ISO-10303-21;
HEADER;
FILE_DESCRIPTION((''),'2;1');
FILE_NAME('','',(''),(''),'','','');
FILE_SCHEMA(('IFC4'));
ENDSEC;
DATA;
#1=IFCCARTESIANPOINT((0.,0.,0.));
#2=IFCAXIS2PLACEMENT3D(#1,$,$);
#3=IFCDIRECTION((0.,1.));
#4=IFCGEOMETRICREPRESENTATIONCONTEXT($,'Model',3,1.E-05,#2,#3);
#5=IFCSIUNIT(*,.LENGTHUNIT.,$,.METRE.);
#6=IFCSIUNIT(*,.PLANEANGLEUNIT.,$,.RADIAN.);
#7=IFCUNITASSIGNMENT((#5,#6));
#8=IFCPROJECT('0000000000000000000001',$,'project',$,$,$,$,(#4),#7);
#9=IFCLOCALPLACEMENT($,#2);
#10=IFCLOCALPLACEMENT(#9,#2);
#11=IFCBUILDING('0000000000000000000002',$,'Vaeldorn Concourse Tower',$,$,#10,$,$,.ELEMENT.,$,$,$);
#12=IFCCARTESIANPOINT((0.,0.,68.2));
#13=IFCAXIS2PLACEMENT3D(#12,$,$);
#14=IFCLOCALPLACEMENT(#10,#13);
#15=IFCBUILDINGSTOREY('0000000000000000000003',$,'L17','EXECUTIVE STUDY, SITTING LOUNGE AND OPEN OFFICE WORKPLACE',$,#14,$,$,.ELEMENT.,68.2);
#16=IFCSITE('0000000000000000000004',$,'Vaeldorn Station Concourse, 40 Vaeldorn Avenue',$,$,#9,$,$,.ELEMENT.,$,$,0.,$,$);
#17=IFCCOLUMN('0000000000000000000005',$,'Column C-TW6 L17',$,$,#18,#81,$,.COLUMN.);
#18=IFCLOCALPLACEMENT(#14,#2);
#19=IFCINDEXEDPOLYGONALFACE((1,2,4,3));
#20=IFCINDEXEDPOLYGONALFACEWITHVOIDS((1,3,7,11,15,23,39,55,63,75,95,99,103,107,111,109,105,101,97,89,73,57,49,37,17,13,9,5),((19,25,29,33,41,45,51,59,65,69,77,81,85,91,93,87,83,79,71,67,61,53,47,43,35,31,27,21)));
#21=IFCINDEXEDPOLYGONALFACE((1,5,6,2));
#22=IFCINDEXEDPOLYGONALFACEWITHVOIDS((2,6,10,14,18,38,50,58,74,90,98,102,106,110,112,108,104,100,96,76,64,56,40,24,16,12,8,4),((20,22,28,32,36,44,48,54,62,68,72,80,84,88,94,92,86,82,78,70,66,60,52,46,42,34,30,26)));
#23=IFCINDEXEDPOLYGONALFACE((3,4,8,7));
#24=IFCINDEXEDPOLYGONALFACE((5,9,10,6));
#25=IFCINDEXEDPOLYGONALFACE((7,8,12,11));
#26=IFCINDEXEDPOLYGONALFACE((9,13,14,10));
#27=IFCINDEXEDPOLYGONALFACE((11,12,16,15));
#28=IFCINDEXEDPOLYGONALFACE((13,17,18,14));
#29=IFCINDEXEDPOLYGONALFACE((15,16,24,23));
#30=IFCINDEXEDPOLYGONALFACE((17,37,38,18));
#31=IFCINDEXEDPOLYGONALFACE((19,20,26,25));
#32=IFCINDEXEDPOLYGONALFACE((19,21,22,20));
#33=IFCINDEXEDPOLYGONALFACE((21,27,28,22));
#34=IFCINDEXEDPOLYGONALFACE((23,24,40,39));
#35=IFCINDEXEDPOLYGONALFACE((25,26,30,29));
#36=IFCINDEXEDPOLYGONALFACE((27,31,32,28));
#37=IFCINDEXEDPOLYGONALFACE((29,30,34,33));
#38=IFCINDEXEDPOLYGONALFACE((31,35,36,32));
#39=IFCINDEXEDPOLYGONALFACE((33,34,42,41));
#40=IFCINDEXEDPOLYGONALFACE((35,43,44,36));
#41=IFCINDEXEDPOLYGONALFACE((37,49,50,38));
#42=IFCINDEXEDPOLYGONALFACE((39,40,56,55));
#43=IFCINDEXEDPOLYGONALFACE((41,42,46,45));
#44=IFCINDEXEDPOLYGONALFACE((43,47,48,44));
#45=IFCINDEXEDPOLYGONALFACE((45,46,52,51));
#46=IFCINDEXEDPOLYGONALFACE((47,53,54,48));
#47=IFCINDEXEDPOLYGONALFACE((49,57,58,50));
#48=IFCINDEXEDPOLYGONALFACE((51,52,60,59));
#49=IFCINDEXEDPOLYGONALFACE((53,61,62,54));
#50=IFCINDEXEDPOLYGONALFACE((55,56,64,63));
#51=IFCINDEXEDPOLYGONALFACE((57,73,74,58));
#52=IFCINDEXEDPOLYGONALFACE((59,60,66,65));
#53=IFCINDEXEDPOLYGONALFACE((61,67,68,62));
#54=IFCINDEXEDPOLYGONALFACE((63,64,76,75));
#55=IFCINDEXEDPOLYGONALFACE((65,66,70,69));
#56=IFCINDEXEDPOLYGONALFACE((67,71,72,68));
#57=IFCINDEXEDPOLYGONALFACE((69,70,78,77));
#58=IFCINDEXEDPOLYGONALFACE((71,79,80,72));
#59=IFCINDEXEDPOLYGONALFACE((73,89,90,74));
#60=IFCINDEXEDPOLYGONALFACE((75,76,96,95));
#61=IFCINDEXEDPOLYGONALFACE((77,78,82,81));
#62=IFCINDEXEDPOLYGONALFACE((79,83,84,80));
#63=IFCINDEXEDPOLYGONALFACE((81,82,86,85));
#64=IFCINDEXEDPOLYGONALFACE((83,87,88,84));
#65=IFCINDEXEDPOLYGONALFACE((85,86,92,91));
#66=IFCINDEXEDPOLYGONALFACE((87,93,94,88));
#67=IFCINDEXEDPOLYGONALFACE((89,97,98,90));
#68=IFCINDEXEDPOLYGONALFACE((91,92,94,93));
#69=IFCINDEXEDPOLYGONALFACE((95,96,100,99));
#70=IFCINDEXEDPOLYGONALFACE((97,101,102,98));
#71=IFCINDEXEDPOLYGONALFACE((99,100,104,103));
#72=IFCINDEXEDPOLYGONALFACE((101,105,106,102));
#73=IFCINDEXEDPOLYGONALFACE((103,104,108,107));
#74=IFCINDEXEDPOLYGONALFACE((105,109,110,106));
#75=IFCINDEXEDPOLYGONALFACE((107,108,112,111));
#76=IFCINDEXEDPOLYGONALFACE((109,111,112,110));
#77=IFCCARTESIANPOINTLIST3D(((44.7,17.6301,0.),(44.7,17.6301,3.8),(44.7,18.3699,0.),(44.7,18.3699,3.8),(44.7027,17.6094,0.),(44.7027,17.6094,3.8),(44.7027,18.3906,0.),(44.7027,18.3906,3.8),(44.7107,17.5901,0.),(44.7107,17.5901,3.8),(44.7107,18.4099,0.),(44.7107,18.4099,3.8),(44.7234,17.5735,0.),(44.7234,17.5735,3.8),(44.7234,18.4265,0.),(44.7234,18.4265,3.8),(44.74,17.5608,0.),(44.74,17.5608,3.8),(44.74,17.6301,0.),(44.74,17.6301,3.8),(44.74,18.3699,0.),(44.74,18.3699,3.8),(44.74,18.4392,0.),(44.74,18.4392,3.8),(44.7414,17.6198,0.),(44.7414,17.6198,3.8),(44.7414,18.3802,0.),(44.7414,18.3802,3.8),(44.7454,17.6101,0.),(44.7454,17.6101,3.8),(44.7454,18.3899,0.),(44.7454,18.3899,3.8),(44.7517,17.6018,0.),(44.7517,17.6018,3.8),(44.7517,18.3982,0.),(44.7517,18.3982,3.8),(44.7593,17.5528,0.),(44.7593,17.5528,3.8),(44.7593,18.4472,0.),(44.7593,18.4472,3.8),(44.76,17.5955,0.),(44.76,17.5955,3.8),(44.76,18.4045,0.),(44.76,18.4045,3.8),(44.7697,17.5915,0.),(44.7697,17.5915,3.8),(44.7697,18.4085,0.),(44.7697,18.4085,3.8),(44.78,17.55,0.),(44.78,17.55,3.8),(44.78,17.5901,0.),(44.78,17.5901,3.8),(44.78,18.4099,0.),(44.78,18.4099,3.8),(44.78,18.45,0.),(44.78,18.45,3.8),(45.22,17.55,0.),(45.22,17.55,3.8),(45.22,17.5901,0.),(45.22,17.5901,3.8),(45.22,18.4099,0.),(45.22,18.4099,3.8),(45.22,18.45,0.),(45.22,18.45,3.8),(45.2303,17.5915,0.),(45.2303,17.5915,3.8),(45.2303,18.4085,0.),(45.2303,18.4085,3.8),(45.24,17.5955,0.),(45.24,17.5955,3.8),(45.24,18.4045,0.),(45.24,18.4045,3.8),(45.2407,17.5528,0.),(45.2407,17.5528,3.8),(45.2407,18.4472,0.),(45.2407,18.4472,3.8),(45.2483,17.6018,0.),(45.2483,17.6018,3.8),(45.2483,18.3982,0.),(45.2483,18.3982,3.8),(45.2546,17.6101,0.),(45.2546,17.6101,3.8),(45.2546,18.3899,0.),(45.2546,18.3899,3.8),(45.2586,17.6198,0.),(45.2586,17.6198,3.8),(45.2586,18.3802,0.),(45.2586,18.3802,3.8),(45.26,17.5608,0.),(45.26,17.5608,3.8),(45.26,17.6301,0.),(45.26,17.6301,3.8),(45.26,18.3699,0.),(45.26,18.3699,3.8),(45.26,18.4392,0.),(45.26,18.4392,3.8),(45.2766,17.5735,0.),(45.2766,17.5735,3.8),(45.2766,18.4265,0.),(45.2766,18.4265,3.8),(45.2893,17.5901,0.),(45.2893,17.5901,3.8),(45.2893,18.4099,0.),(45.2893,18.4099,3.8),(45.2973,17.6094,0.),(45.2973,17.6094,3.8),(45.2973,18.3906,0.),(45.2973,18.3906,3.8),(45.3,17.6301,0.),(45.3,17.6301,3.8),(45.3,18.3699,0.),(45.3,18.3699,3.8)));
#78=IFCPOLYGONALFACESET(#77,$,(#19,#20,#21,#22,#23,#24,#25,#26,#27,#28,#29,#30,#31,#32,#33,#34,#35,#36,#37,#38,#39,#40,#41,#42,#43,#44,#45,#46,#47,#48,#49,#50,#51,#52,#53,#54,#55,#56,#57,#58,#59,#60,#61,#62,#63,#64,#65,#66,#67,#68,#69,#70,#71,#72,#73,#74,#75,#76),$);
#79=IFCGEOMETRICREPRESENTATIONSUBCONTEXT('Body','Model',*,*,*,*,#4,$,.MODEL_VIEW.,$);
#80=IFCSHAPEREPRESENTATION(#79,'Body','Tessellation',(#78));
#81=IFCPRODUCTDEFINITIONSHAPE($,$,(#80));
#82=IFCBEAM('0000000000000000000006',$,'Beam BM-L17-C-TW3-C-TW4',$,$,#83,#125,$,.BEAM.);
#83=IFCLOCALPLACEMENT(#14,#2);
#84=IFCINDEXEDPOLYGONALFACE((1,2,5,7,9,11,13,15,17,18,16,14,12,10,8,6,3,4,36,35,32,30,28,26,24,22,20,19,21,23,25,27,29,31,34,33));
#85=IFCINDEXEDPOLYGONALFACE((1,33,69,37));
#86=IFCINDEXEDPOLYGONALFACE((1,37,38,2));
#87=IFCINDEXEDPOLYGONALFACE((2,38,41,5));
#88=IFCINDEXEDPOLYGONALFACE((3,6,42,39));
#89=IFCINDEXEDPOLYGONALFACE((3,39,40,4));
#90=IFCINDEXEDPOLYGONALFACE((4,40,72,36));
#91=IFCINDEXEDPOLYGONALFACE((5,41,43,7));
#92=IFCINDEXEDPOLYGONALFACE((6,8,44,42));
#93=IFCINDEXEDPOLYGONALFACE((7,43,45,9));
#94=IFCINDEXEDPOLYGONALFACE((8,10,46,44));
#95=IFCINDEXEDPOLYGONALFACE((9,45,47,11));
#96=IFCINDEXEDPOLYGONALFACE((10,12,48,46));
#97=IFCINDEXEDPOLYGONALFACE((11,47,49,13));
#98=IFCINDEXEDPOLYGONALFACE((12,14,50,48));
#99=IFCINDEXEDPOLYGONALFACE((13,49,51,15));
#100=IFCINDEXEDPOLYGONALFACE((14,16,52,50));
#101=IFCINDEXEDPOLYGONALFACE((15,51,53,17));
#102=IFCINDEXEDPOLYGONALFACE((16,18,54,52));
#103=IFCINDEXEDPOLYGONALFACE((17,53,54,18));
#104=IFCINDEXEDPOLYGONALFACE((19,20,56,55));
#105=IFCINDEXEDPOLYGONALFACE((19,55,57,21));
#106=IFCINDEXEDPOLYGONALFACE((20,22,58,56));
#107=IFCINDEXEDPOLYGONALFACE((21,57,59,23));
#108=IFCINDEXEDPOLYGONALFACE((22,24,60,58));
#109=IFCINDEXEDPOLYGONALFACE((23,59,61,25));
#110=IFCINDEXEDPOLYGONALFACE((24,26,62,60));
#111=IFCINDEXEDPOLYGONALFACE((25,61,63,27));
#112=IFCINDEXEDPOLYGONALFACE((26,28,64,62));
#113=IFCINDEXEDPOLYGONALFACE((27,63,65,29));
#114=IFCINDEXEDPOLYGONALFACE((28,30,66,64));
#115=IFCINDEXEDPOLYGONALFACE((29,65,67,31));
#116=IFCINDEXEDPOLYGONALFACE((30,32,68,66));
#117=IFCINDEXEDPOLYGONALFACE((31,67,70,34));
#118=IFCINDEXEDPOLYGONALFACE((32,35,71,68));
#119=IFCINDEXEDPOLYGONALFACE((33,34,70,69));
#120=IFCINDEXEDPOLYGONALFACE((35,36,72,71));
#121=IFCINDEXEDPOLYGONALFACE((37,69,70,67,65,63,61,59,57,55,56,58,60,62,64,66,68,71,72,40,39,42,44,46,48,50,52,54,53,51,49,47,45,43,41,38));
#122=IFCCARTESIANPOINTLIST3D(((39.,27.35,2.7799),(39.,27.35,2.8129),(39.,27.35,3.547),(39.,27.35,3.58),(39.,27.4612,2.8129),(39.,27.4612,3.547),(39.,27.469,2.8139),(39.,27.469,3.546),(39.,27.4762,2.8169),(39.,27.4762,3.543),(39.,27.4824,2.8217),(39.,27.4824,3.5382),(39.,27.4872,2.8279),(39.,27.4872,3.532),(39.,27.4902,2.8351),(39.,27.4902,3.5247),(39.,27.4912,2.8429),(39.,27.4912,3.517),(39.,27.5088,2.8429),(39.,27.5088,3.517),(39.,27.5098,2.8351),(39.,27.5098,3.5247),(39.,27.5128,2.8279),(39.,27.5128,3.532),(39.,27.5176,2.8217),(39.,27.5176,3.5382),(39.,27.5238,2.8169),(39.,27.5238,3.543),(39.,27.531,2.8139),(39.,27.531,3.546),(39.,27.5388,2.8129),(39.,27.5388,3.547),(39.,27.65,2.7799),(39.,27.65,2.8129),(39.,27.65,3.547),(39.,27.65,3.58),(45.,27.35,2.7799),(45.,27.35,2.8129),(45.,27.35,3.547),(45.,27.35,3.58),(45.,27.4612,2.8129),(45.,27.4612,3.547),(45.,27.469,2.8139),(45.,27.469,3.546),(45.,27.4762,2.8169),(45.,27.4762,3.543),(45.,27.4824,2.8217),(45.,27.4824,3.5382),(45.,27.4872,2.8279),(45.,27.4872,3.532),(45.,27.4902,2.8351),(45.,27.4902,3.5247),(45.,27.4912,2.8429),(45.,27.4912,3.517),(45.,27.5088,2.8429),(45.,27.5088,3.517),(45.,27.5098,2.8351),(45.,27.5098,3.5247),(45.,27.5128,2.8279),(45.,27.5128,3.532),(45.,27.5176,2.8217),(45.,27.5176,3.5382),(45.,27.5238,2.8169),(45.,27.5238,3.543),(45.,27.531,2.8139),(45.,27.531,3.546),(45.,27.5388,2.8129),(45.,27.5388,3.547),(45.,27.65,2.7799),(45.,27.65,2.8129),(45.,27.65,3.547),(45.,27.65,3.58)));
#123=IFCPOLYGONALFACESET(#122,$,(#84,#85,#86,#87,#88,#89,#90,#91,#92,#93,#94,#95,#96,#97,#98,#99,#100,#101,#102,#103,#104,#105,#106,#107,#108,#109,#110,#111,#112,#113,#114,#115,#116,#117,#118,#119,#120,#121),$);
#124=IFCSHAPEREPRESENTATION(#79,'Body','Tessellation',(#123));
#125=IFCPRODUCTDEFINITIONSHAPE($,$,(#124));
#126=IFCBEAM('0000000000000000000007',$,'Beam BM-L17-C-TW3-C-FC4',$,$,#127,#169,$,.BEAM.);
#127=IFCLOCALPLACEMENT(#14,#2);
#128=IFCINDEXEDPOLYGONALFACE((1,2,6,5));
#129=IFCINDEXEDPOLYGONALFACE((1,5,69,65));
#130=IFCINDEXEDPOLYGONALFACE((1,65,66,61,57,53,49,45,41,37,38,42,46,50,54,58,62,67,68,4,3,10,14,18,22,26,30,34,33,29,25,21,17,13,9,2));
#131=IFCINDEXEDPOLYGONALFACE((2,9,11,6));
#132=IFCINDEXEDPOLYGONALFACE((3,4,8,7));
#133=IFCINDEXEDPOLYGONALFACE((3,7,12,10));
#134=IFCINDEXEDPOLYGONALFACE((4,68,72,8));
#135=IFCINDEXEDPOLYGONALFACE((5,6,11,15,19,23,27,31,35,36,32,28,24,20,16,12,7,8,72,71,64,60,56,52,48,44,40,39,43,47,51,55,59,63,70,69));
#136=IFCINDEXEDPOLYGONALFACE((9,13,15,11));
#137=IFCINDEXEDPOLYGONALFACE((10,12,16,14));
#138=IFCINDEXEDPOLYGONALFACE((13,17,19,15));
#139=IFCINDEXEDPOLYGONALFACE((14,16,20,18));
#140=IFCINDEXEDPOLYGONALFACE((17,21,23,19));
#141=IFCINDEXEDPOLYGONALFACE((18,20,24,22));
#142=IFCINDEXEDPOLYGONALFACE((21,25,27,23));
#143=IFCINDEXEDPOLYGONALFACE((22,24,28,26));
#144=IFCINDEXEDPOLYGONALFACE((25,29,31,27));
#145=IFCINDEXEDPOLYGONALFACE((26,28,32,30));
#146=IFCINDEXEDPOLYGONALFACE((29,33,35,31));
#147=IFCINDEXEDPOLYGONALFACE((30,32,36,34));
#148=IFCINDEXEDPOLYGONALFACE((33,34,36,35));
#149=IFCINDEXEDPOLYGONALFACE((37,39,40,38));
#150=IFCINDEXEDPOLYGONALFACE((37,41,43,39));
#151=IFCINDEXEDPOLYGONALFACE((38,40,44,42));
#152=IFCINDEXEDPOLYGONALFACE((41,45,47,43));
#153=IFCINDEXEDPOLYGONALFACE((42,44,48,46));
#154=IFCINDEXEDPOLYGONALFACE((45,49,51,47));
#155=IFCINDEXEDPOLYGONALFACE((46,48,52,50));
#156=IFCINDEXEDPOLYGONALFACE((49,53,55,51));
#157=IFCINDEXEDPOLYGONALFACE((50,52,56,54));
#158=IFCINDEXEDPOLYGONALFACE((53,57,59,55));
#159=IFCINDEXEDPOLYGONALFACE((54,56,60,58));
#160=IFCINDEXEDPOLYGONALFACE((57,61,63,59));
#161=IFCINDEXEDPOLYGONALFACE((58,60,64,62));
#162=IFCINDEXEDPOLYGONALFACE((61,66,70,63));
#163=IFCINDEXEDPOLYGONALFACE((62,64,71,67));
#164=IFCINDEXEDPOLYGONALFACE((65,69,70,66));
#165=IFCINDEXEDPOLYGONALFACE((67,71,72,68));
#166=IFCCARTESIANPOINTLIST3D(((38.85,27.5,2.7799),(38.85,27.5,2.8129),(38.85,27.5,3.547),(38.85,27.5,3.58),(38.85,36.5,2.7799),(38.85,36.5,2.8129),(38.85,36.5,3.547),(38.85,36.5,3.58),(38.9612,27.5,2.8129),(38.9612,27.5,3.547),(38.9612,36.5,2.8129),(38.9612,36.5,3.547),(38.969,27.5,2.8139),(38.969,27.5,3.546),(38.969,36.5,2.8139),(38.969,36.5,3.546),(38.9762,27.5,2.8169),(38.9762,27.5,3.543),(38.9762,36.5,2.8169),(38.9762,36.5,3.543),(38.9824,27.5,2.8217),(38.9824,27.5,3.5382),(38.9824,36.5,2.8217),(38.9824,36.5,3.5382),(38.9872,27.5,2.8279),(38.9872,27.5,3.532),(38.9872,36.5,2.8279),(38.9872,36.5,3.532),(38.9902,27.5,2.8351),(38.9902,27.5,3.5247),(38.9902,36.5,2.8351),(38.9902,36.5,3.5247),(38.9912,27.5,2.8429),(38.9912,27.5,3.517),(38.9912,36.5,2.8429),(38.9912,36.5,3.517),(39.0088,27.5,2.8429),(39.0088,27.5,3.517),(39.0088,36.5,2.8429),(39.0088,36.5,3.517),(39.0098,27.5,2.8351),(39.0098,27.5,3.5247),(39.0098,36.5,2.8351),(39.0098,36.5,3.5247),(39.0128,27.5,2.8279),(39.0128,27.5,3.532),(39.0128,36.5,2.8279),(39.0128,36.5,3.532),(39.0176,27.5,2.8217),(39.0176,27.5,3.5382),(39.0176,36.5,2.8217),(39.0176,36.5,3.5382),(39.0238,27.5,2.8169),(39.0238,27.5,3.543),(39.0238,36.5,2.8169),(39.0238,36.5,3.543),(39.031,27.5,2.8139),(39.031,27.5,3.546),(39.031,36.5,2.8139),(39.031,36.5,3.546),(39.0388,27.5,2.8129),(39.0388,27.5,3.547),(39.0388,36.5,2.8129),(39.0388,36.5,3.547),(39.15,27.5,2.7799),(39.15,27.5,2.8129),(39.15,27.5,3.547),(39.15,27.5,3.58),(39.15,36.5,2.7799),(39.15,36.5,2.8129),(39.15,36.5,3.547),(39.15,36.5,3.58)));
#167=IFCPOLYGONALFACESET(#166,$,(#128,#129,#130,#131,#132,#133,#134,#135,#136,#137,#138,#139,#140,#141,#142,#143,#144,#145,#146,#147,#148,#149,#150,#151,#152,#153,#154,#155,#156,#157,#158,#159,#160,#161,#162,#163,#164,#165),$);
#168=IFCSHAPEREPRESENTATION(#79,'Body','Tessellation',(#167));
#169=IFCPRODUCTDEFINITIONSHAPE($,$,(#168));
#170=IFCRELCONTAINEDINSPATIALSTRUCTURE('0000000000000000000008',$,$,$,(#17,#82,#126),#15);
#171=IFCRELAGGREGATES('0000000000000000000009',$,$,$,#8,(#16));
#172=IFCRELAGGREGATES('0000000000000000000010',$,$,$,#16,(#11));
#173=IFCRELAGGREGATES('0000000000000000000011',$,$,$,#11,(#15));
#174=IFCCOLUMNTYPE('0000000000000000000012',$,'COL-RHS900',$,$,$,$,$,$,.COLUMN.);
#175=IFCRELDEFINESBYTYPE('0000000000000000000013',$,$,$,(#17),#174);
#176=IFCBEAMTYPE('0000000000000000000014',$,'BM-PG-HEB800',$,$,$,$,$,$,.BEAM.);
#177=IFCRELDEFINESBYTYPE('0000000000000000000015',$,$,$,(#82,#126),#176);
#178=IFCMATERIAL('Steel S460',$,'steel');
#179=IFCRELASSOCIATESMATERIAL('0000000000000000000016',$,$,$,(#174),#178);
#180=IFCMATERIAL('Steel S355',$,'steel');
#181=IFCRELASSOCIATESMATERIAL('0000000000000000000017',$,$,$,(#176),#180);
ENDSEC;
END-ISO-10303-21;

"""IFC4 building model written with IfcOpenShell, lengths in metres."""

from ifc_helpers import new_model, si_unit, direction, frame, origin, origin_2d, place, context, subcontext, project, spatial, hollow_rectangle, i_section, extrude, source, transform, mapped, material, material_profile, profile_set, type_object, element, save


model = new_model("IFC4")

# Units and contexts
model_context = context("Model", 3, precision=1e-05, world=origin(), true_north=direction((0.0, 1.0)))
body_context = subcontext(model_context, "Body", "Model", "MODEL_VIEW")
ifc_project = project(units=[si_unit("LENGTHUNIT", "METRE"), si_unit("PLANEANGLEUNIT", "RADIAN")], contexts=[model_context])

# Site, building, storey
site_placement = place(None, origin())
site = spatial("IfcSite", under=ifc_project, at=site_placement, Name="Vaeldorn Station Concourse, 40 Vaeldorn Avenue", CompositionType="ELEMENT", RefElevation=0.0)
building_placement = place(site_placement, origin())
building = spatial("IfcBuilding", under=site, at=building_placement, Name="Vaeldorn Concourse Tower", CompositionType="ELEMENT")
storey_placement = place(building_placement, frame((0.0, 0.0, 68.2)))
storey = spatial("IfcBuildingStorey", under=building, at=storey_placement, Name="L17", Description="EXECUTIVE STUDY, SITTING LOUNGE AND OPEN OFFICE WORKPLACE", CompositionType="ELEMENT", Elevation=68.2)

# Column
ifc_material_1 = material(Name="Steel S460", Category="steel")
ifc_material_profile_1 = material_profile(ifc_material_1, hollow_rectangle(XDim=0.6001, YDim=0.8999, WallThickness=0.04, InnerFilletRadius=0.04, OuterFilletRadius=0.0801, at=origin_2d()), Name="RHS 900x600x40")
ifc_profile_set_1 = profile_set([ifc_material_profile_1], Name="Steel S460")
column_type_1 = type_object("IfcColumnType", Name="COL-RHS900", PredefinedType="COLUMN", material=ifc_profile_set_1)
shared_shape_1 = source(origin(), body_context, "Body", "SweptSolid", [
    extrude(hollow_rectangle(XDim=0.6001, YDim=0.8999, WallThickness=0.04, InnerFilletRadius=0.04, OuterFilletRadius=0.0801, at=origin_2d()), origin(), (0.0, 0.0, 1.0), 3.8),
])
for number, where, z_axis, x_axis, name in (
    (1, (45.0, 18.0, 0.0), (0.0, 0.0, 1.0), (1.0, 0.0, 0.0), "Column C-TW6 L17"),
):
    element("IfcColumn", number, at=place(storey_placement, frame(where, z_axis=z_axis, x_axis=x_axis)), inside=storey, type_object=column_type_1, Name=name, PredefinedType="COLUMN", context=body_context, shape_type="MappedRepresentation", body=[
        mapped(shared_shape_1, transform((0.0, 0.0, 0.0), scale=1.0)),
    ])

# Beams
ifc_material_2 = material(Name="Steel S355", Category="steel")
ifc_material_profile_2 = material_profile(ifc_material_2, i_section(OverallWidth=0.3, OverallDepth=0.8, WebThickness=0.0176, FlangeThickness=0.033, FilletRadius=0.03, at=origin_2d()), Name="HEB 800")
ifc_profile_set_2 = profile_set([ifc_material_profile_2], Name="Steel S355")
beam_type_1 = type_object("IfcBeamType", Name="BM-PG-HEB800", PredefinedType="BEAM", material=ifc_profile_set_2)
shared_shape_2 = source(origin(), body_context, "Body", "SweptSolid", [
    extrude(i_section(OverallWidth=0.3, OverallDepth=0.8, WebThickness=0.0176, FlangeThickness=0.033, FilletRadius=0.03, at=origin_2d()), origin(), (0.0, 0.0, 1.0), 6.0),
])
beam_1_placement = place(storey_placement, frame((39.0, 27.5, 3.1799), z_axis=(1.0, 0.0, 0.0), x_axis=(0.0, 1.0, 0.0)))
element("IfcBeam", 2, at=beam_1_placement, inside=storey, type_object=beam_type_1, Name="Beam BM-L17-C-TW3-C-TW4", PredefinedType="BEAM", context=body_context, shape_type="MappedRepresentation", body=[
    mapped(shared_shape_2, transform((0.0, 0.0, 0.0), scale=1.0)),
])
shared_shape_3 = source(origin(), body_context, "Body", "SweptSolid", [
    extrude(i_section(OverallWidth=0.3, OverallDepth=0.8, WebThickness=0.0176, FlangeThickness=0.033, FilletRadius=0.03, at=origin_2d()), origin(), (0.0, 0.0, 1.0), 9.0),
])
for number, where, z_axis, x_axis, name in (
    (3, (39.0, 27.5, 3.1799), (0.0, 1.0, 0.0), (-1.0, 0.0, 0.0), "Beam BM-L17-C-TW3-C-FC4"),
):
    element("IfcBeam", number, at=place(storey_placement, frame(where, z_axis=z_axis, x_axis=x_axis)), inside=storey, type_object=beam_type_1, Name=name, PredefinedType="BEAM", context=body_context, shape_type="MappedRepresentation", body=[
        mapped(shared_shape_3, transform((0.0, 0.0, 0.0), scale=1.0)),
    ])

save(model, "model.ifc")
